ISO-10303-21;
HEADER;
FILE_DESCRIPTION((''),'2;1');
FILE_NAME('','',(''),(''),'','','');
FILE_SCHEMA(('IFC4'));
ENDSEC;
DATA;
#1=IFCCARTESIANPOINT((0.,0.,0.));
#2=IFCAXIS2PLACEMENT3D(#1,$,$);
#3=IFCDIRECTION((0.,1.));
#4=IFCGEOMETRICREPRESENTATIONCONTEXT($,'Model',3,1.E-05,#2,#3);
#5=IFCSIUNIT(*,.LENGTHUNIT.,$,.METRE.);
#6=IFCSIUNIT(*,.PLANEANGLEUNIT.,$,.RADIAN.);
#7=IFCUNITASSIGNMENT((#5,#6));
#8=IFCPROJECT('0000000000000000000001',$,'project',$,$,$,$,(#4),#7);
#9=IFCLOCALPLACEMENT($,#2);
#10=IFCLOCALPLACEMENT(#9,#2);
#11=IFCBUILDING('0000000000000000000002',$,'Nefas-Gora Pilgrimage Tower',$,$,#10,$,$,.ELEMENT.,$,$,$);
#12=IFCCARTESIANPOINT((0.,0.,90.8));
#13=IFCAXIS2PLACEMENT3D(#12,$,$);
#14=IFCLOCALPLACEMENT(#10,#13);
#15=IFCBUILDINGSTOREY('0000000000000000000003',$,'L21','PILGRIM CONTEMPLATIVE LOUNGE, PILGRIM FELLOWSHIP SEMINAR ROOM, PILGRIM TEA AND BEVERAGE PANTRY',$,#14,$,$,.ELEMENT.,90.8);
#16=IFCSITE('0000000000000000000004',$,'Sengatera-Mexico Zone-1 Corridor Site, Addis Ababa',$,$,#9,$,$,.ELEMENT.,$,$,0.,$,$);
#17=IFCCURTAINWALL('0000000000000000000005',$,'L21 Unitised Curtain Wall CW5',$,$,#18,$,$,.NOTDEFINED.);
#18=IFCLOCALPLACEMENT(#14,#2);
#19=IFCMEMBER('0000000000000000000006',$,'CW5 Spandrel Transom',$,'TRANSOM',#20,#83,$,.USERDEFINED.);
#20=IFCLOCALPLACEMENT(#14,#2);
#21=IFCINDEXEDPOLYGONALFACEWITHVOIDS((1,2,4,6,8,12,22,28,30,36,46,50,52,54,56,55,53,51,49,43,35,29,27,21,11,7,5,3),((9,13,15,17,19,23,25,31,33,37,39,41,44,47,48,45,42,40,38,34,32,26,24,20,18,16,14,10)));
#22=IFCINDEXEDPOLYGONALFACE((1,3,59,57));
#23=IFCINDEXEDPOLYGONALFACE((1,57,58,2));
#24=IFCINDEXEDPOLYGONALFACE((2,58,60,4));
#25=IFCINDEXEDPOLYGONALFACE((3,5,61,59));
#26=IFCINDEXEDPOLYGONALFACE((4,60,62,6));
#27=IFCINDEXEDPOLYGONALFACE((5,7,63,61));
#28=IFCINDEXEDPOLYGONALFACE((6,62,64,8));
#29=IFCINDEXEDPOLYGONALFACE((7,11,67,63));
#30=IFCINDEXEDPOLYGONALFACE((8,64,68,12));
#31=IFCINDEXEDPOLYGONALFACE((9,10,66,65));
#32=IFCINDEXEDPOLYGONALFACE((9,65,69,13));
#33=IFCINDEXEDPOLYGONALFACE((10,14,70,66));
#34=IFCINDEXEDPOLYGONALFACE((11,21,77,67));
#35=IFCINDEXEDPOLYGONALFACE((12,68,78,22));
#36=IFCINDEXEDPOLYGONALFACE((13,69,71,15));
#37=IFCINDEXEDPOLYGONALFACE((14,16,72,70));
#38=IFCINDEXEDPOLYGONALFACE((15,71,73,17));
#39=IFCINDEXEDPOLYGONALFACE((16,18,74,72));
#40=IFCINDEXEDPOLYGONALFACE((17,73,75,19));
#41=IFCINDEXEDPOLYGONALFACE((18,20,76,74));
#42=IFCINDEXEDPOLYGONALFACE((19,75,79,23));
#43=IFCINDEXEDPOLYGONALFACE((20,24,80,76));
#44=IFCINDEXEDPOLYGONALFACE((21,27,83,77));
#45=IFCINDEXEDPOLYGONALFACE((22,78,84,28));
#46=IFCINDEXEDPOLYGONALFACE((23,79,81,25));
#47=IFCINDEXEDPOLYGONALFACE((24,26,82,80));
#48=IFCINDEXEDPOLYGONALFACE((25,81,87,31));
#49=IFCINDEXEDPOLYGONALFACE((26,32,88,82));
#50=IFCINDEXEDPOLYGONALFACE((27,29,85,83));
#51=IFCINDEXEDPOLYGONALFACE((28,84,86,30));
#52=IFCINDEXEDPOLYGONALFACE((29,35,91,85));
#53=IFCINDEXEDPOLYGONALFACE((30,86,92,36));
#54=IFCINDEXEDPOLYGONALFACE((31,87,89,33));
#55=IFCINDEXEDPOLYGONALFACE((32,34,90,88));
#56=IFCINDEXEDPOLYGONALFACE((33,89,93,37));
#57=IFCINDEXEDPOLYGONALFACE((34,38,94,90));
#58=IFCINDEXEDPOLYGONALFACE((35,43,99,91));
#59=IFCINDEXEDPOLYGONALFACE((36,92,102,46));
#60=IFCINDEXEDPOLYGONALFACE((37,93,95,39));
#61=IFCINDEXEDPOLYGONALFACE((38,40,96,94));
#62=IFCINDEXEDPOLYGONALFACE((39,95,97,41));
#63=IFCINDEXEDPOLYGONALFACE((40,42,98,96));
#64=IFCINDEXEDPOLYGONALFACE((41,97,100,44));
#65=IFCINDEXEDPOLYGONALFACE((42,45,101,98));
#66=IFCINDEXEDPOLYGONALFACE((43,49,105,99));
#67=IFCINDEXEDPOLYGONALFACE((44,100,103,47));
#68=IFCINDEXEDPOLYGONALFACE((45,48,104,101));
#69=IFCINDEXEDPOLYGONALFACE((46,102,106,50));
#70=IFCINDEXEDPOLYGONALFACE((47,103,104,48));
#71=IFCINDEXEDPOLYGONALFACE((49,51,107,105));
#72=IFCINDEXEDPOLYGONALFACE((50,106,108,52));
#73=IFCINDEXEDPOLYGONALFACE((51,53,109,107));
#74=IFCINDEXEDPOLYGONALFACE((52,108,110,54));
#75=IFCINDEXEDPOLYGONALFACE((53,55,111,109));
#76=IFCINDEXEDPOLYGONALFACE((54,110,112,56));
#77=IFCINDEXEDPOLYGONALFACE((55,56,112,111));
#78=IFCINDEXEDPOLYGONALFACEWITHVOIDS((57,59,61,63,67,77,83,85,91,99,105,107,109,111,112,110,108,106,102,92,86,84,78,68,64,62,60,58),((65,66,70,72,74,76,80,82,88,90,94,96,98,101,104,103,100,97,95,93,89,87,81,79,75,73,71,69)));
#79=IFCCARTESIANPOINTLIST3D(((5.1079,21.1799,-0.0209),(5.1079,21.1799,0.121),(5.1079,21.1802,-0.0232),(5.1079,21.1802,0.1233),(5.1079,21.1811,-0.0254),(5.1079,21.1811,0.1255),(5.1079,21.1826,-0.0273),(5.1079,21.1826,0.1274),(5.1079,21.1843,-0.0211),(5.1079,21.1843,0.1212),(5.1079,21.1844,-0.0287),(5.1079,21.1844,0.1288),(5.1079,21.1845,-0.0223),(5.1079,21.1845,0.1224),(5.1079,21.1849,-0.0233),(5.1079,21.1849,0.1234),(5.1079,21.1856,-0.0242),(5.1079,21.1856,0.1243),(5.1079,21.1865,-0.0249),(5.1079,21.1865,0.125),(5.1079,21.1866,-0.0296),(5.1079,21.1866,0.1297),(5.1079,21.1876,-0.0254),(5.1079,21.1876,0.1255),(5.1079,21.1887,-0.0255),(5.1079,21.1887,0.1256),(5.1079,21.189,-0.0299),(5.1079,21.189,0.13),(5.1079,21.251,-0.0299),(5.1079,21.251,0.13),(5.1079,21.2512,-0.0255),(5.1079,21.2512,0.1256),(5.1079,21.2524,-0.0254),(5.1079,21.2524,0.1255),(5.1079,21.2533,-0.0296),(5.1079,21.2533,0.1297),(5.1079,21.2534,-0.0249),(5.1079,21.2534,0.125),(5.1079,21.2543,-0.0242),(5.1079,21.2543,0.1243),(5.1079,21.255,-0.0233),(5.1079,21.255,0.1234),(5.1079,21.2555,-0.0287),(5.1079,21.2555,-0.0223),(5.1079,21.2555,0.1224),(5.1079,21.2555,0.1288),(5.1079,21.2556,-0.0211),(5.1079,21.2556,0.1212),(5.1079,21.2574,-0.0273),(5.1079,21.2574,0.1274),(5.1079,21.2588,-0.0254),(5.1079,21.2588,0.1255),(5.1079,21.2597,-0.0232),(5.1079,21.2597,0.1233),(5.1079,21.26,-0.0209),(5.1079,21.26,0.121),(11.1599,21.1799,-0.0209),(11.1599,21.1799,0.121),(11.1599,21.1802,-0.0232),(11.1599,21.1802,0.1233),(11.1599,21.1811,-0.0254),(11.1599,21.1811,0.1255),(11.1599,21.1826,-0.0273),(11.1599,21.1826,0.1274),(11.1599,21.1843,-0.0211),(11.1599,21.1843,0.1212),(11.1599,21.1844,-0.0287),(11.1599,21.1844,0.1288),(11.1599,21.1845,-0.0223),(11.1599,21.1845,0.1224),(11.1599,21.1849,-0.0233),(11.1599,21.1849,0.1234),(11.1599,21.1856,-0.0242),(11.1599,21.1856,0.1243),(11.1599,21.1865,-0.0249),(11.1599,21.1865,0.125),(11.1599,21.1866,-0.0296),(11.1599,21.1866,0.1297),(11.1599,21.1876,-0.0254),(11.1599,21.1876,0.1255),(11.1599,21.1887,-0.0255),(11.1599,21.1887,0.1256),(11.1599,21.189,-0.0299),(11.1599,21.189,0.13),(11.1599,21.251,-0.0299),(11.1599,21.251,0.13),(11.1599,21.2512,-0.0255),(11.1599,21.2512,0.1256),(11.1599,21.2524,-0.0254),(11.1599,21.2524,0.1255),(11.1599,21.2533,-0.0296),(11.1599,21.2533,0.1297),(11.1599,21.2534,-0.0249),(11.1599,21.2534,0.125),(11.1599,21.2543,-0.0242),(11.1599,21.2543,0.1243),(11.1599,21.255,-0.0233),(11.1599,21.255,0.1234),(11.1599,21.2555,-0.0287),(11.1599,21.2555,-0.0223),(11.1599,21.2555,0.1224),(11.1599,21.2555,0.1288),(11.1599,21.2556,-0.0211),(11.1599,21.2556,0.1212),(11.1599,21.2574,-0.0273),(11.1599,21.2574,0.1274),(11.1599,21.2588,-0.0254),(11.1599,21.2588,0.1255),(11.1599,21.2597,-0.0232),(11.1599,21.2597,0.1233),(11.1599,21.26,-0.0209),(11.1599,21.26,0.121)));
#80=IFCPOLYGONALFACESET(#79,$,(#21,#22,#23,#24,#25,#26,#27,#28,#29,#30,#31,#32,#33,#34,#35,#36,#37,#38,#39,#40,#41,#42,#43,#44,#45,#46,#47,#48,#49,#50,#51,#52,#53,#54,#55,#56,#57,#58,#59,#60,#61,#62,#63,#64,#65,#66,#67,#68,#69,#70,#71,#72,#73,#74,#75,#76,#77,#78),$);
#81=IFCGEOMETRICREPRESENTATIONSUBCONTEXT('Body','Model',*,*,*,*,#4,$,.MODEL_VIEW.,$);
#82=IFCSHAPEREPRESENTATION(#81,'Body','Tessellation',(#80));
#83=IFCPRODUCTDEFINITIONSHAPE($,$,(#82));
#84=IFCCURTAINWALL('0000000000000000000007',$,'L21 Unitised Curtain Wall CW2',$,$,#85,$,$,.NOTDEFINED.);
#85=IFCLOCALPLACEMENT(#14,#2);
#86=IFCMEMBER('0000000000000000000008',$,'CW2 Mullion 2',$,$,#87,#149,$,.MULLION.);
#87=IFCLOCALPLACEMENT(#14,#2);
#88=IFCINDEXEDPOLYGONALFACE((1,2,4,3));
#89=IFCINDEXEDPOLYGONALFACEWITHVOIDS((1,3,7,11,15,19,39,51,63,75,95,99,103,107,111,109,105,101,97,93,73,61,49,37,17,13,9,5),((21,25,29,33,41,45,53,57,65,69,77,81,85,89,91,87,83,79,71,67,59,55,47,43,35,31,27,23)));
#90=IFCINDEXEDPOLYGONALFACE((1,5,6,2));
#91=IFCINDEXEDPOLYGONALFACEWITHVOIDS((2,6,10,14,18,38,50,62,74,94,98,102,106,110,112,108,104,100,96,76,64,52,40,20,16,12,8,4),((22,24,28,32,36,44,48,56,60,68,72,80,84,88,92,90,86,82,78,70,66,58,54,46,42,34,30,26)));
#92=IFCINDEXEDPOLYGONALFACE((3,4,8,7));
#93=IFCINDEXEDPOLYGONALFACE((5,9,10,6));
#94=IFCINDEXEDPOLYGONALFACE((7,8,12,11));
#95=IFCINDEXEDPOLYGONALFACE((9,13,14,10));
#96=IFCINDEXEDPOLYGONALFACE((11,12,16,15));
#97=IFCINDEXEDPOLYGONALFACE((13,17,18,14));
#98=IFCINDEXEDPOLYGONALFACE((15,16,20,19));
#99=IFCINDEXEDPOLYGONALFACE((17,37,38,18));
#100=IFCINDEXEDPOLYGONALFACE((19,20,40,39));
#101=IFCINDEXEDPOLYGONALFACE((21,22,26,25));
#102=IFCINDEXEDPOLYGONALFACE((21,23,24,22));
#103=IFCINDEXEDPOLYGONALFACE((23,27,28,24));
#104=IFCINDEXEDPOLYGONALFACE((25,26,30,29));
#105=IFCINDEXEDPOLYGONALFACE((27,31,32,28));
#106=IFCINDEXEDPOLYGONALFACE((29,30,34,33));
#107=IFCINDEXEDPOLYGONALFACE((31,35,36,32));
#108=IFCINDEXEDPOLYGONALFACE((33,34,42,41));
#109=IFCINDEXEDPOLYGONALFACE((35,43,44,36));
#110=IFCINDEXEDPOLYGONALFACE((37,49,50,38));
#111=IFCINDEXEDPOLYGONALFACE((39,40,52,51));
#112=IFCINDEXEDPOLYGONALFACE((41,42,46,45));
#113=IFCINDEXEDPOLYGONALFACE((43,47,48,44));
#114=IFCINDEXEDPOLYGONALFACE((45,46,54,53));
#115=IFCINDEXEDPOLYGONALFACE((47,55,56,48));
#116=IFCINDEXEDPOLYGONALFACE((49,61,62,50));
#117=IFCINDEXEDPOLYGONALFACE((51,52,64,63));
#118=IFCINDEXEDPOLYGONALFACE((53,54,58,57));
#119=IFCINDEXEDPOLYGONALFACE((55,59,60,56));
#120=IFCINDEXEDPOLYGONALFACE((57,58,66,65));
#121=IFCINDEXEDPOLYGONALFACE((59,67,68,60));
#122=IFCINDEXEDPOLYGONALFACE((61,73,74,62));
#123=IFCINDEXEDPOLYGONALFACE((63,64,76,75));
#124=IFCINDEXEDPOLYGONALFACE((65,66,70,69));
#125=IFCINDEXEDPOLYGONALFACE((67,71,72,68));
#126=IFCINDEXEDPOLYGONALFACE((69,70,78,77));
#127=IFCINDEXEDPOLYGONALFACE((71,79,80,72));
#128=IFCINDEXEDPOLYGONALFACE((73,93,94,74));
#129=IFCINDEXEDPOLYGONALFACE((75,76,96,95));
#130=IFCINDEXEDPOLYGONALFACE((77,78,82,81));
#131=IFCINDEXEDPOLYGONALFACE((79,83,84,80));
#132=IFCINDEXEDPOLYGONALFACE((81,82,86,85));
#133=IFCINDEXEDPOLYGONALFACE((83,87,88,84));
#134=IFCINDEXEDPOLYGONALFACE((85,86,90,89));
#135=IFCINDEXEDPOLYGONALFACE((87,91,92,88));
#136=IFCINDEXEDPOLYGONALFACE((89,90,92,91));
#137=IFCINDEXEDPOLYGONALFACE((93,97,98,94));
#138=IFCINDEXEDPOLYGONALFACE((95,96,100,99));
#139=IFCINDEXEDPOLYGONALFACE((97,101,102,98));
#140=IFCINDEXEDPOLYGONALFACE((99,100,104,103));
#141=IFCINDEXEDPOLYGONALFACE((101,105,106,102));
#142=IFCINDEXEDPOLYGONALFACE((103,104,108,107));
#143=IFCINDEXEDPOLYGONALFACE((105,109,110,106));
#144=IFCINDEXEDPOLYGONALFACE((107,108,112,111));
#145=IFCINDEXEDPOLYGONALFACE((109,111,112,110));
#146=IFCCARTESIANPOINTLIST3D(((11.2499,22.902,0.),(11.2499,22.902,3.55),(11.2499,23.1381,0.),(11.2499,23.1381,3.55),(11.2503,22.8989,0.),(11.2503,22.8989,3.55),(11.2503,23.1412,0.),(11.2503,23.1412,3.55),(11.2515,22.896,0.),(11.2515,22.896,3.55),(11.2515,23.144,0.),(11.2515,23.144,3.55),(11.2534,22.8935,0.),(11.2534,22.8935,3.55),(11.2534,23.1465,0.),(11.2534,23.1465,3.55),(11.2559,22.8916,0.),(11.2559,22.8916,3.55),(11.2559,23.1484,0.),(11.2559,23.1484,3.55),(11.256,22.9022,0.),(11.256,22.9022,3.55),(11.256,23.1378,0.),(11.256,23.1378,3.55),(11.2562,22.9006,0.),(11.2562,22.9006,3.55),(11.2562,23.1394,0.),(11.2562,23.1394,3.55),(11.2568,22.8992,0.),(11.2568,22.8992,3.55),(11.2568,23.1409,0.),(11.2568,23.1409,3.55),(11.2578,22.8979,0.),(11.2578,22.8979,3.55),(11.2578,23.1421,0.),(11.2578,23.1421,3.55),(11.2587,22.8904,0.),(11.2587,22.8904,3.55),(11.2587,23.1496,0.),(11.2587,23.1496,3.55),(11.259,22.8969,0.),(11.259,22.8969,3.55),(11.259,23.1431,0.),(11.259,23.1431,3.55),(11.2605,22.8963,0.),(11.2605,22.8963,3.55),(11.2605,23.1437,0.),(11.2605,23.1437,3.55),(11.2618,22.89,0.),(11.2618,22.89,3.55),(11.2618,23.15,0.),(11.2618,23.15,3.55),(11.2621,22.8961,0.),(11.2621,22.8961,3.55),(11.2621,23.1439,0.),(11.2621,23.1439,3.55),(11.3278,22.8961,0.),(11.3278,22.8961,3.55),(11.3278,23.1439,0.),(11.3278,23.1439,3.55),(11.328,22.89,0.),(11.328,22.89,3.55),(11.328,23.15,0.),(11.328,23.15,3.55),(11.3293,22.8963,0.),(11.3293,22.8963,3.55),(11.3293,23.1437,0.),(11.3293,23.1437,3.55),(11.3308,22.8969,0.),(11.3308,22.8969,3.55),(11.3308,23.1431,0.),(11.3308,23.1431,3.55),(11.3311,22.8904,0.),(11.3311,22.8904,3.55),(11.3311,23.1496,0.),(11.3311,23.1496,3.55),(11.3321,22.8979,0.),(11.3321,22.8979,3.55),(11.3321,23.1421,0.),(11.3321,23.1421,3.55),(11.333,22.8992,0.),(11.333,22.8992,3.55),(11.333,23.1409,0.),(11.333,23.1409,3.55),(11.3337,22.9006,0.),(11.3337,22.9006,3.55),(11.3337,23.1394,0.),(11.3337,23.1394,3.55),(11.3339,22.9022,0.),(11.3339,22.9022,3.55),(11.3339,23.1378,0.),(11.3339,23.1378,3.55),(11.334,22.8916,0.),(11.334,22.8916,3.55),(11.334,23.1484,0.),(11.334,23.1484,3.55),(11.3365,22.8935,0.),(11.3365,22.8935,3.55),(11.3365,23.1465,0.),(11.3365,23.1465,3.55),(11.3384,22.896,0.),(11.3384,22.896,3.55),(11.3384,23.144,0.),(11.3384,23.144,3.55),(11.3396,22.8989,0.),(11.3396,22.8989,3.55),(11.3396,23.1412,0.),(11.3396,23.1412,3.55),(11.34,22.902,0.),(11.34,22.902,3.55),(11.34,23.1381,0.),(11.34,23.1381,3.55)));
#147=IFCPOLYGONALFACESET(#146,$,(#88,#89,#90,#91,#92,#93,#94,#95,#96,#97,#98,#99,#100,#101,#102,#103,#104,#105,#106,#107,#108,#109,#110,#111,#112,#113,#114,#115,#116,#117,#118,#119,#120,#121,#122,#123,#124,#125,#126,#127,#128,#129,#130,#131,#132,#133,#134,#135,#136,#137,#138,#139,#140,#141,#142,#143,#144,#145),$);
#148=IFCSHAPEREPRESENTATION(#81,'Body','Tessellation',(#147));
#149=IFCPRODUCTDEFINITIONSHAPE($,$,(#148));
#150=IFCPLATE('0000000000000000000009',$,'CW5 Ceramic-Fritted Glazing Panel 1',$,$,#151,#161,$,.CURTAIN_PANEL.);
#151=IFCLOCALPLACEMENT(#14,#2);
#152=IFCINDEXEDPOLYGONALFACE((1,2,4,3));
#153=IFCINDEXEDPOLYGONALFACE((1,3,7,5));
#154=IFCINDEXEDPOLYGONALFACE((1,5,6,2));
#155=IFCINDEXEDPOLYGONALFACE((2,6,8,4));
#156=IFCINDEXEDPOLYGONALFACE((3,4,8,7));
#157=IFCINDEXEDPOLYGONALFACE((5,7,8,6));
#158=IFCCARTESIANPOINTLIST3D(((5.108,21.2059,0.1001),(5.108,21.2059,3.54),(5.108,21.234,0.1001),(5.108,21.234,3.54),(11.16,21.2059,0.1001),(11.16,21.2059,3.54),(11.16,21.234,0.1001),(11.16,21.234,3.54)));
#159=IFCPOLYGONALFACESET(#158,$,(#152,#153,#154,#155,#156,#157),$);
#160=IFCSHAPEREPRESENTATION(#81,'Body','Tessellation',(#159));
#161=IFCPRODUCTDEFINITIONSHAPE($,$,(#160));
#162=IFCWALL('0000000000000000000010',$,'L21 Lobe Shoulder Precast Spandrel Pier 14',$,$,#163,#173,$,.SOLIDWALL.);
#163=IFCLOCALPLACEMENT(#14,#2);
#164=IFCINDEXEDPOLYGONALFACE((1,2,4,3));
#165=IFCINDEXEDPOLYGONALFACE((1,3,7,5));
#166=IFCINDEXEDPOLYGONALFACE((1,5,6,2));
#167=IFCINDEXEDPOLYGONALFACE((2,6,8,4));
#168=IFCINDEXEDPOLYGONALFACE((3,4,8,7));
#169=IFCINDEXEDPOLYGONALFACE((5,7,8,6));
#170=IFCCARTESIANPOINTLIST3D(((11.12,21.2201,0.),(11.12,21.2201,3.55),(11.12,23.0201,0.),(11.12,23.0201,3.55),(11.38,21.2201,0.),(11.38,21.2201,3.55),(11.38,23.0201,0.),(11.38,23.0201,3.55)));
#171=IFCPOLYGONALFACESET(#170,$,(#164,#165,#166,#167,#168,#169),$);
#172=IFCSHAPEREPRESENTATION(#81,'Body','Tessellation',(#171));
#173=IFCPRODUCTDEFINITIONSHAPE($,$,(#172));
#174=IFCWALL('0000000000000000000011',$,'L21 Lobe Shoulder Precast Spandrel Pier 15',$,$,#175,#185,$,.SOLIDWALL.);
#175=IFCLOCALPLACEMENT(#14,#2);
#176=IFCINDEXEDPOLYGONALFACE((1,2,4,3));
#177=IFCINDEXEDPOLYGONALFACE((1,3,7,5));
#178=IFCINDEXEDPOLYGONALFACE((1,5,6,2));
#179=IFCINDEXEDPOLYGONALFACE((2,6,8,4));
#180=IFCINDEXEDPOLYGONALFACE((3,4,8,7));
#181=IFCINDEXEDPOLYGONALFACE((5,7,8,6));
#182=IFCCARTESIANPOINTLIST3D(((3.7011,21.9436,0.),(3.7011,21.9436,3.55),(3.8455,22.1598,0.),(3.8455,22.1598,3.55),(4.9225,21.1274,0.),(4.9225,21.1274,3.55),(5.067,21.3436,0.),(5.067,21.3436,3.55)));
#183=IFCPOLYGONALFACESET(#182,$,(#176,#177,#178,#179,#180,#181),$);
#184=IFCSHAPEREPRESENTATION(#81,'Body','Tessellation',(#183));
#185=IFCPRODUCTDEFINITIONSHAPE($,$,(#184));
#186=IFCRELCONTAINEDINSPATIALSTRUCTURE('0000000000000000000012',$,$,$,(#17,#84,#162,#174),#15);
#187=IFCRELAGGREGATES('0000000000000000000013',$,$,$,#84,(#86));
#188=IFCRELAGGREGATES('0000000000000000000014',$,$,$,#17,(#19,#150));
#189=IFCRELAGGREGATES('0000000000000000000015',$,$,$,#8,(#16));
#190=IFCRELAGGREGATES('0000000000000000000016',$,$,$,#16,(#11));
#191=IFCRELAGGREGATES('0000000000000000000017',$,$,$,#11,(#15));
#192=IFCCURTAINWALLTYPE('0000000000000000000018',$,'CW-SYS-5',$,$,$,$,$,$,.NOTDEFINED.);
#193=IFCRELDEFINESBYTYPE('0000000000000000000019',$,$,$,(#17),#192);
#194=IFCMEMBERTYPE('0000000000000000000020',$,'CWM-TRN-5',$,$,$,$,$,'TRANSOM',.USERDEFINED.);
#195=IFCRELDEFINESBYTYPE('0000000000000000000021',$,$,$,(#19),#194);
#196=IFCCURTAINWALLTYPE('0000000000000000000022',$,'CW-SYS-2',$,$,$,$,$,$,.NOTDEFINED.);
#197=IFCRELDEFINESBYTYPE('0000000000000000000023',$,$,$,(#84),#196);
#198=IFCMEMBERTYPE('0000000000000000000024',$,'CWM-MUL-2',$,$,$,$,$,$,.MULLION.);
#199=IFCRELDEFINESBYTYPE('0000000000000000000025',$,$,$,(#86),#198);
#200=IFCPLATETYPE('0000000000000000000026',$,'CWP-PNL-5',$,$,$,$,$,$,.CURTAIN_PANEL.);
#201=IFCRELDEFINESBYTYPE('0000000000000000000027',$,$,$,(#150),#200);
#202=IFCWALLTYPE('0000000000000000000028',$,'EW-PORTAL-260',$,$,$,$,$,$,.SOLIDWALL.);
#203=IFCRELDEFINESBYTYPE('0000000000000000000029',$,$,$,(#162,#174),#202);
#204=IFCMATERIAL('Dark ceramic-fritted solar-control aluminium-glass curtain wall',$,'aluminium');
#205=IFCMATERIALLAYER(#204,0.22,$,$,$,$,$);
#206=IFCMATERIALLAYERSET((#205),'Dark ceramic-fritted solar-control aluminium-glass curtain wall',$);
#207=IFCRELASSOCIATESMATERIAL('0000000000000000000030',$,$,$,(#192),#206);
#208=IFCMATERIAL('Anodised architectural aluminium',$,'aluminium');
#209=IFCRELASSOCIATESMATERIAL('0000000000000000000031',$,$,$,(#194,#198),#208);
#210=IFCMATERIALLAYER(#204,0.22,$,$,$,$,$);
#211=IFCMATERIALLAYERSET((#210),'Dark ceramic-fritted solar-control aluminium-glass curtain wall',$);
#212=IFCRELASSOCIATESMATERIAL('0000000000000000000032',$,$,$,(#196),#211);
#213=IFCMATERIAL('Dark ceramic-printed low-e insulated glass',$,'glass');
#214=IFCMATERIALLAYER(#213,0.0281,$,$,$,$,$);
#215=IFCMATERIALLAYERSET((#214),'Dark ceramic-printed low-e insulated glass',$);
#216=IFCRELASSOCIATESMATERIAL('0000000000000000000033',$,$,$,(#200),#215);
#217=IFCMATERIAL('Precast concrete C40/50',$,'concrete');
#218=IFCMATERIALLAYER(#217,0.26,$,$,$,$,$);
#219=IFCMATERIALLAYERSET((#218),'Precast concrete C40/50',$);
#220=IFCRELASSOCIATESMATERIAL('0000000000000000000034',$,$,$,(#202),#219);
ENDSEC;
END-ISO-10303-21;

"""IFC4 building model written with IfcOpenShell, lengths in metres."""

from ifc_helpers import new_model, si_unit, direction, frame, frame_2d, origin, origin_2d, place, context, subcontext, project, spatial, rectangle, hollow_rectangle, extrude, source, transform, mapped, material, layer, layer_set, material_profile, profile_set, type_object, element, aggregate, save


model = new_model("IFC4")

# Units and contexts
model_context = context("Model", 3, precision=1e-05, world=origin(), true_north=direction((0.0, 1.0)))
body_context = subcontext(model_context, "Body", "Model", "MODEL_VIEW")
ifc_project = project(units=[si_unit("LENGTHUNIT", "METRE"), si_unit("PLANEANGLEUNIT", "RADIAN")], contexts=[model_context])

# Site, building, storey
site_placement = place(None, origin())
site = spatial("IfcSite", under=ifc_project, at=site_placement, Name="Sengatera-Mexico Zone-1 Corridor Site, Addis Ababa", CompositionType="ELEMENT", RefElevation=0.0)
building_placement = place(site_placement, origin())
building = spatial("IfcBuilding", under=site, at=building_placement, Name="Nefas-Gora Pilgrimage Tower", CompositionType="ELEMENT")
storey_placement = place(building_placement, frame((0.0, 0.0, 90.8)))
storey = spatial("IfcBuildingStorey", under=building, at=storey_placement, Name="L21", Description="PILGRIM CONTEMPLATIVE LOUNGE, PILGRIM FELLOWSHIP SEMINAR ROOM, PILGRIM TEA AND BEVERAGE PANTRY", CompositionType="ELEMENT", Elevation=90.8)

# Curtain wall, member
ifc_material_1 = material(Name="Dark ceramic-fritted solar-control aluminium-glass curtain wall", Category="aluminium")
ifc_layer_1 = layer(ifc_material_1, 0.22)
ifc_layer_set_1 = layer_set([ifc_layer_1], Name="Dark ceramic-fritted solar-control aluminium-glass curtain wall")
curtain_wall_type_1 = type_object("IfcCurtainWallType", Name="CW-SYS-5", PredefinedType="NOTDEFINED", material=ifc_layer_set_1)
curtain_wall_1_placement = place(storey_placement, origin())
curtain_wall_1 = element("IfcCurtainWall", 1, at=curtain_wall_1_placement, inside=storey, type_object=curtain_wall_type_1, Name="L21 Unitised Curtain Wall CW5", PredefinedType="NOTDEFINED")
ifc_material_2 = material(Name="Anodised architectural aluminium", Category="aluminium")
ifc_material_profile_1 = material_profile(ifc_material_2, hollow_rectangle(XDim=0.0801, YDim=0.1599, WallThickness=0.0044, InnerFilletRadius=0.0044, OuterFilletRadius=0.009, at=origin_2d()), Name="ALU TRANSOM 80x160")
ifc_profile_set_1 = profile_set([ifc_material_profile_1], Name="Anodised architectural aluminium")
member_type_1 = type_object("IfcMemberType", Name="CWM-TRN-5", ElementType="TRANSOM", PredefinedType="USERDEFINED", material=ifc_profile_set_1)
shared_shape_1 = source(origin(), body_context, "Body", "SweptSolid", [
    extrude(hollow_rectangle(XDim=0.0801, YDim=0.1599, WallThickness=0.0044, InnerFilletRadius=0.0044, OuterFilletRadius=0.009, at=origin_2d()), origin(), (0.0, 0.0, 1.0), 6.052),
])
member_1_placement = place(storey_placement, frame((11.1599, 21.22, 0.05), z_axis=(-1.0, 0.0, 0.0), x_axis=(0.0, -1.0, 0.0)))
member_1 = element("IfcMember", 2, at=member_1_placement, type_object=member_type_1, Name="CW5 Spandrel Transom", ObjectType="TRANSOM", PredefinedType="USERDEFINED", context=body_context, shape_type="MappedRepresentation", body=[
    mapped(shared_shape_1, transform((0.0, 0.0, 0.0), x_axis=(1.0, 0.0, 0.0), y_axis=(0.0, 1.0, 0.0), z_axis=(0.0, 0.0, 1.0), scale=1.0)),
])

# Curtain wall, member
ifc_layer_2 = layer(ifc_material_1, 0.22)
ifc_layer_set_2 = layer_set([ifc_layer_2], Name="Dark ceramic-fritted solar-control aluminium-glass curtain wall")
curtain_wall_type_2 = type_object("IfcCurtainWallType", Name="CW-SYS-2", PredefinedType="NOTDEFINED", material=ifc_layer_set_2)
curtain_wall_2_placement = place(storey_placement, origin())
curtain_wall_2 = element("IfcCurtainWall", 3, at=curtain_wall_2_placement, inside=storey, type_object=curtain_wall_type_2, Name="L21 Unitised Curtain Wall CW2", PredefinedType="NOTDEFINED")
ifc_material_profile_2 = material_profile(ifc_material_2, hollow_rectangle(XDim=0.0901, YDim=0.26, WallThickness=0.0061, InnerFilletRadius=0.0061, OuterFilletRadius=0.012, at=origin_2d()), Name="ALU MULLION 90x260")
ifc_profile_set_2 = profile_set([ifc_material_profile_2], Name="Anodised architectural aluminium")
member_type_2 = type_object("IfcMemberType", Name="CWM-MUL-2", PredefinedType="MULLION", material=ifc_profile_set_2)
shared_shape_2 = source(origin(), body_context, "Body", "SweptSolid", [
    extrude(hollow_rectangle(XDim=0.0901, YDim=0.26, WallThickness=0.0061, InnerFilletRadius=0.0061, OuterFilletRadius=0.012, at=origin_2d()), origin(), (0.0, 0.0, 1.0), 3.55),
])
member_2_placement = place(storey_placement, frame((11.2949, 23.02, 0.0), z_axis=(0.0, 0.0, 1.0), x_axis=(-1.0, 0.0, 0.0)))
member_2 = element("IfcMember", 4, at=member_2_placement, type_object=member_type_2, Name="CW2 Mullion 2", PredefinedType="MULLION", context=body_context, shape_type="MappedRepresentation", body=[
    mapped(shared_shape_2, transform((0.0, 0.0, 0.0), x_axis=(1.0, 0.0, 0.0), y_axis=(0.0, 1.0, 0.0), z_axis=(0.0, 0.0, 1.0), scale=1.0)),
])
aggregate(curtain_wall_2, [member_2])

# Plate
ifc_material_3 = material(Name="Dark ceramic-printed low-e insulated glass", Category="glass")
ifc_layer_3 = layer(ifc_material_3, 0.0281)
ifc_layer_set_3 = layer_set([ifc_layer_3], Name="Dark ceramic-printed low-e insulated glass")
plate_type = type_object("IfcPlateType", Name="CWP-PNL-5", PredefinedType="CURTAIN_PANEL", material=ifc_layer_set_3)
shared_shape_3 = source(origin(), body_context, "Body", "SweptSolid", [
    extrude(rectangle(XDim=6.052, YDim=0.0281, at=origin_2d()), origin(), (0.0, 0.0, 1.0), 3.4399),
])
plate_placement = place(storey_placement, frame((8.134, 21.22, 0.1001), z_axis=(0.0, 0.0, 1.0), x_axis=(-1.0, 0.0, 0.0)))
plate = element("IfcPlate", 5, at=plate_placement, type_object=plate_type, Name="CW5 Ceramic-Fritted Glazing Panel 1", PredefinedType="CURTAIN_PANEL", context=body_context, shape_type="MappedRepresentation", body=[
    mapped(shared_shape_3, transform((0.0, 0.0, 0.0), x_axis=(1.0, 0.0, 0.0), y_axis=(0.0, 1.0, 0.0), z_axis=(0.0, 0.0, 1.0), scale=1.0)),
])
aggregate(curtain_wall_1, [member_1, plate])

# Walls
ifc_material_4 = material(Name="Precast concrete C40/50", Category="concrete")
ifc_layer_4 = layer(ifc_material_4, 0.26)
ifc_layer_set_4 = layer_set([ifc_layer_4], Name="Precast concrete C40/50")
wall_type_1 = type_object("IfcWallType", Name="EW-PORTAL-260", PredefinedType="SOLIDWALL", material=ifc_layer_set_4)
shared_shape_4 = source(origin(), body_context, "Body", "SweptSolid", [
    extrude(rectangle(XDim=1.8, YDim=0.26, at=frame_2d((0.8999, 0.0))), origin(), (0.0, 0.0, 1.0), 3.55),
])
wall_1_placement = place(storey_placement, frame((11.25, 23.02, 0.0), z_axis=(0.0, 0.0, 1.0), x_axis=(0.0, -1.0, 0.0)))
element("IfcWall", 6, at=wall_1_placement, inside=storey, type_object=wall_type_1, Name="L21 Lobe Shoulder Precast Spandrel Pier 14", PredefinedType="SOLIDWALL", context=body_context, shape_type="MappedRepresentation", body=[
    mapped(shared_shape_4, transform((0.0, 0.0, 0.0), x_axis=(1.0, 0.0, 0.0), y_axis=(0.0, 1.0, 0.0), z_axis=(0.0, 0.0, 1.0), scale=1.0)),
])
shared_shape_5 = source(origin(), body_context, "Body", "SweptSolid", [
    extrude(rectangle(XDim=1.469, YDim=0.26, at=frame_2d((0.7344, 0.0))), origin(), (0.0, 0.0, 1.0), 3.55),
])
wall_2_placement = place(storey_placement, frame((4.9946, 21.2356, 0.0), z_axis=(0.0, 0.0, 1.0), x_axis=(-0.831462, 0.555582, 0.0)))
element("IfcWall", 7, at=wall_2_placement, inside=storey, type_object=wall_type_1, Name="L21 Lobe Shoulder Precast Spandrel Pier 15", PredefinedType="SOLIDWALL", context=body_context, shape_type="MappedRepresentation", body=[
    mapped(shared_shape_5, transform((0.0, 0.0, 0.0), x_axis=(1.0, 0.0, 0.0), y_axis=(0.0, 1.0, 0.0), z_axis=(0.0, 0.0, 1.0), scale=1.0)),
])

save(model, "model.ifc")
